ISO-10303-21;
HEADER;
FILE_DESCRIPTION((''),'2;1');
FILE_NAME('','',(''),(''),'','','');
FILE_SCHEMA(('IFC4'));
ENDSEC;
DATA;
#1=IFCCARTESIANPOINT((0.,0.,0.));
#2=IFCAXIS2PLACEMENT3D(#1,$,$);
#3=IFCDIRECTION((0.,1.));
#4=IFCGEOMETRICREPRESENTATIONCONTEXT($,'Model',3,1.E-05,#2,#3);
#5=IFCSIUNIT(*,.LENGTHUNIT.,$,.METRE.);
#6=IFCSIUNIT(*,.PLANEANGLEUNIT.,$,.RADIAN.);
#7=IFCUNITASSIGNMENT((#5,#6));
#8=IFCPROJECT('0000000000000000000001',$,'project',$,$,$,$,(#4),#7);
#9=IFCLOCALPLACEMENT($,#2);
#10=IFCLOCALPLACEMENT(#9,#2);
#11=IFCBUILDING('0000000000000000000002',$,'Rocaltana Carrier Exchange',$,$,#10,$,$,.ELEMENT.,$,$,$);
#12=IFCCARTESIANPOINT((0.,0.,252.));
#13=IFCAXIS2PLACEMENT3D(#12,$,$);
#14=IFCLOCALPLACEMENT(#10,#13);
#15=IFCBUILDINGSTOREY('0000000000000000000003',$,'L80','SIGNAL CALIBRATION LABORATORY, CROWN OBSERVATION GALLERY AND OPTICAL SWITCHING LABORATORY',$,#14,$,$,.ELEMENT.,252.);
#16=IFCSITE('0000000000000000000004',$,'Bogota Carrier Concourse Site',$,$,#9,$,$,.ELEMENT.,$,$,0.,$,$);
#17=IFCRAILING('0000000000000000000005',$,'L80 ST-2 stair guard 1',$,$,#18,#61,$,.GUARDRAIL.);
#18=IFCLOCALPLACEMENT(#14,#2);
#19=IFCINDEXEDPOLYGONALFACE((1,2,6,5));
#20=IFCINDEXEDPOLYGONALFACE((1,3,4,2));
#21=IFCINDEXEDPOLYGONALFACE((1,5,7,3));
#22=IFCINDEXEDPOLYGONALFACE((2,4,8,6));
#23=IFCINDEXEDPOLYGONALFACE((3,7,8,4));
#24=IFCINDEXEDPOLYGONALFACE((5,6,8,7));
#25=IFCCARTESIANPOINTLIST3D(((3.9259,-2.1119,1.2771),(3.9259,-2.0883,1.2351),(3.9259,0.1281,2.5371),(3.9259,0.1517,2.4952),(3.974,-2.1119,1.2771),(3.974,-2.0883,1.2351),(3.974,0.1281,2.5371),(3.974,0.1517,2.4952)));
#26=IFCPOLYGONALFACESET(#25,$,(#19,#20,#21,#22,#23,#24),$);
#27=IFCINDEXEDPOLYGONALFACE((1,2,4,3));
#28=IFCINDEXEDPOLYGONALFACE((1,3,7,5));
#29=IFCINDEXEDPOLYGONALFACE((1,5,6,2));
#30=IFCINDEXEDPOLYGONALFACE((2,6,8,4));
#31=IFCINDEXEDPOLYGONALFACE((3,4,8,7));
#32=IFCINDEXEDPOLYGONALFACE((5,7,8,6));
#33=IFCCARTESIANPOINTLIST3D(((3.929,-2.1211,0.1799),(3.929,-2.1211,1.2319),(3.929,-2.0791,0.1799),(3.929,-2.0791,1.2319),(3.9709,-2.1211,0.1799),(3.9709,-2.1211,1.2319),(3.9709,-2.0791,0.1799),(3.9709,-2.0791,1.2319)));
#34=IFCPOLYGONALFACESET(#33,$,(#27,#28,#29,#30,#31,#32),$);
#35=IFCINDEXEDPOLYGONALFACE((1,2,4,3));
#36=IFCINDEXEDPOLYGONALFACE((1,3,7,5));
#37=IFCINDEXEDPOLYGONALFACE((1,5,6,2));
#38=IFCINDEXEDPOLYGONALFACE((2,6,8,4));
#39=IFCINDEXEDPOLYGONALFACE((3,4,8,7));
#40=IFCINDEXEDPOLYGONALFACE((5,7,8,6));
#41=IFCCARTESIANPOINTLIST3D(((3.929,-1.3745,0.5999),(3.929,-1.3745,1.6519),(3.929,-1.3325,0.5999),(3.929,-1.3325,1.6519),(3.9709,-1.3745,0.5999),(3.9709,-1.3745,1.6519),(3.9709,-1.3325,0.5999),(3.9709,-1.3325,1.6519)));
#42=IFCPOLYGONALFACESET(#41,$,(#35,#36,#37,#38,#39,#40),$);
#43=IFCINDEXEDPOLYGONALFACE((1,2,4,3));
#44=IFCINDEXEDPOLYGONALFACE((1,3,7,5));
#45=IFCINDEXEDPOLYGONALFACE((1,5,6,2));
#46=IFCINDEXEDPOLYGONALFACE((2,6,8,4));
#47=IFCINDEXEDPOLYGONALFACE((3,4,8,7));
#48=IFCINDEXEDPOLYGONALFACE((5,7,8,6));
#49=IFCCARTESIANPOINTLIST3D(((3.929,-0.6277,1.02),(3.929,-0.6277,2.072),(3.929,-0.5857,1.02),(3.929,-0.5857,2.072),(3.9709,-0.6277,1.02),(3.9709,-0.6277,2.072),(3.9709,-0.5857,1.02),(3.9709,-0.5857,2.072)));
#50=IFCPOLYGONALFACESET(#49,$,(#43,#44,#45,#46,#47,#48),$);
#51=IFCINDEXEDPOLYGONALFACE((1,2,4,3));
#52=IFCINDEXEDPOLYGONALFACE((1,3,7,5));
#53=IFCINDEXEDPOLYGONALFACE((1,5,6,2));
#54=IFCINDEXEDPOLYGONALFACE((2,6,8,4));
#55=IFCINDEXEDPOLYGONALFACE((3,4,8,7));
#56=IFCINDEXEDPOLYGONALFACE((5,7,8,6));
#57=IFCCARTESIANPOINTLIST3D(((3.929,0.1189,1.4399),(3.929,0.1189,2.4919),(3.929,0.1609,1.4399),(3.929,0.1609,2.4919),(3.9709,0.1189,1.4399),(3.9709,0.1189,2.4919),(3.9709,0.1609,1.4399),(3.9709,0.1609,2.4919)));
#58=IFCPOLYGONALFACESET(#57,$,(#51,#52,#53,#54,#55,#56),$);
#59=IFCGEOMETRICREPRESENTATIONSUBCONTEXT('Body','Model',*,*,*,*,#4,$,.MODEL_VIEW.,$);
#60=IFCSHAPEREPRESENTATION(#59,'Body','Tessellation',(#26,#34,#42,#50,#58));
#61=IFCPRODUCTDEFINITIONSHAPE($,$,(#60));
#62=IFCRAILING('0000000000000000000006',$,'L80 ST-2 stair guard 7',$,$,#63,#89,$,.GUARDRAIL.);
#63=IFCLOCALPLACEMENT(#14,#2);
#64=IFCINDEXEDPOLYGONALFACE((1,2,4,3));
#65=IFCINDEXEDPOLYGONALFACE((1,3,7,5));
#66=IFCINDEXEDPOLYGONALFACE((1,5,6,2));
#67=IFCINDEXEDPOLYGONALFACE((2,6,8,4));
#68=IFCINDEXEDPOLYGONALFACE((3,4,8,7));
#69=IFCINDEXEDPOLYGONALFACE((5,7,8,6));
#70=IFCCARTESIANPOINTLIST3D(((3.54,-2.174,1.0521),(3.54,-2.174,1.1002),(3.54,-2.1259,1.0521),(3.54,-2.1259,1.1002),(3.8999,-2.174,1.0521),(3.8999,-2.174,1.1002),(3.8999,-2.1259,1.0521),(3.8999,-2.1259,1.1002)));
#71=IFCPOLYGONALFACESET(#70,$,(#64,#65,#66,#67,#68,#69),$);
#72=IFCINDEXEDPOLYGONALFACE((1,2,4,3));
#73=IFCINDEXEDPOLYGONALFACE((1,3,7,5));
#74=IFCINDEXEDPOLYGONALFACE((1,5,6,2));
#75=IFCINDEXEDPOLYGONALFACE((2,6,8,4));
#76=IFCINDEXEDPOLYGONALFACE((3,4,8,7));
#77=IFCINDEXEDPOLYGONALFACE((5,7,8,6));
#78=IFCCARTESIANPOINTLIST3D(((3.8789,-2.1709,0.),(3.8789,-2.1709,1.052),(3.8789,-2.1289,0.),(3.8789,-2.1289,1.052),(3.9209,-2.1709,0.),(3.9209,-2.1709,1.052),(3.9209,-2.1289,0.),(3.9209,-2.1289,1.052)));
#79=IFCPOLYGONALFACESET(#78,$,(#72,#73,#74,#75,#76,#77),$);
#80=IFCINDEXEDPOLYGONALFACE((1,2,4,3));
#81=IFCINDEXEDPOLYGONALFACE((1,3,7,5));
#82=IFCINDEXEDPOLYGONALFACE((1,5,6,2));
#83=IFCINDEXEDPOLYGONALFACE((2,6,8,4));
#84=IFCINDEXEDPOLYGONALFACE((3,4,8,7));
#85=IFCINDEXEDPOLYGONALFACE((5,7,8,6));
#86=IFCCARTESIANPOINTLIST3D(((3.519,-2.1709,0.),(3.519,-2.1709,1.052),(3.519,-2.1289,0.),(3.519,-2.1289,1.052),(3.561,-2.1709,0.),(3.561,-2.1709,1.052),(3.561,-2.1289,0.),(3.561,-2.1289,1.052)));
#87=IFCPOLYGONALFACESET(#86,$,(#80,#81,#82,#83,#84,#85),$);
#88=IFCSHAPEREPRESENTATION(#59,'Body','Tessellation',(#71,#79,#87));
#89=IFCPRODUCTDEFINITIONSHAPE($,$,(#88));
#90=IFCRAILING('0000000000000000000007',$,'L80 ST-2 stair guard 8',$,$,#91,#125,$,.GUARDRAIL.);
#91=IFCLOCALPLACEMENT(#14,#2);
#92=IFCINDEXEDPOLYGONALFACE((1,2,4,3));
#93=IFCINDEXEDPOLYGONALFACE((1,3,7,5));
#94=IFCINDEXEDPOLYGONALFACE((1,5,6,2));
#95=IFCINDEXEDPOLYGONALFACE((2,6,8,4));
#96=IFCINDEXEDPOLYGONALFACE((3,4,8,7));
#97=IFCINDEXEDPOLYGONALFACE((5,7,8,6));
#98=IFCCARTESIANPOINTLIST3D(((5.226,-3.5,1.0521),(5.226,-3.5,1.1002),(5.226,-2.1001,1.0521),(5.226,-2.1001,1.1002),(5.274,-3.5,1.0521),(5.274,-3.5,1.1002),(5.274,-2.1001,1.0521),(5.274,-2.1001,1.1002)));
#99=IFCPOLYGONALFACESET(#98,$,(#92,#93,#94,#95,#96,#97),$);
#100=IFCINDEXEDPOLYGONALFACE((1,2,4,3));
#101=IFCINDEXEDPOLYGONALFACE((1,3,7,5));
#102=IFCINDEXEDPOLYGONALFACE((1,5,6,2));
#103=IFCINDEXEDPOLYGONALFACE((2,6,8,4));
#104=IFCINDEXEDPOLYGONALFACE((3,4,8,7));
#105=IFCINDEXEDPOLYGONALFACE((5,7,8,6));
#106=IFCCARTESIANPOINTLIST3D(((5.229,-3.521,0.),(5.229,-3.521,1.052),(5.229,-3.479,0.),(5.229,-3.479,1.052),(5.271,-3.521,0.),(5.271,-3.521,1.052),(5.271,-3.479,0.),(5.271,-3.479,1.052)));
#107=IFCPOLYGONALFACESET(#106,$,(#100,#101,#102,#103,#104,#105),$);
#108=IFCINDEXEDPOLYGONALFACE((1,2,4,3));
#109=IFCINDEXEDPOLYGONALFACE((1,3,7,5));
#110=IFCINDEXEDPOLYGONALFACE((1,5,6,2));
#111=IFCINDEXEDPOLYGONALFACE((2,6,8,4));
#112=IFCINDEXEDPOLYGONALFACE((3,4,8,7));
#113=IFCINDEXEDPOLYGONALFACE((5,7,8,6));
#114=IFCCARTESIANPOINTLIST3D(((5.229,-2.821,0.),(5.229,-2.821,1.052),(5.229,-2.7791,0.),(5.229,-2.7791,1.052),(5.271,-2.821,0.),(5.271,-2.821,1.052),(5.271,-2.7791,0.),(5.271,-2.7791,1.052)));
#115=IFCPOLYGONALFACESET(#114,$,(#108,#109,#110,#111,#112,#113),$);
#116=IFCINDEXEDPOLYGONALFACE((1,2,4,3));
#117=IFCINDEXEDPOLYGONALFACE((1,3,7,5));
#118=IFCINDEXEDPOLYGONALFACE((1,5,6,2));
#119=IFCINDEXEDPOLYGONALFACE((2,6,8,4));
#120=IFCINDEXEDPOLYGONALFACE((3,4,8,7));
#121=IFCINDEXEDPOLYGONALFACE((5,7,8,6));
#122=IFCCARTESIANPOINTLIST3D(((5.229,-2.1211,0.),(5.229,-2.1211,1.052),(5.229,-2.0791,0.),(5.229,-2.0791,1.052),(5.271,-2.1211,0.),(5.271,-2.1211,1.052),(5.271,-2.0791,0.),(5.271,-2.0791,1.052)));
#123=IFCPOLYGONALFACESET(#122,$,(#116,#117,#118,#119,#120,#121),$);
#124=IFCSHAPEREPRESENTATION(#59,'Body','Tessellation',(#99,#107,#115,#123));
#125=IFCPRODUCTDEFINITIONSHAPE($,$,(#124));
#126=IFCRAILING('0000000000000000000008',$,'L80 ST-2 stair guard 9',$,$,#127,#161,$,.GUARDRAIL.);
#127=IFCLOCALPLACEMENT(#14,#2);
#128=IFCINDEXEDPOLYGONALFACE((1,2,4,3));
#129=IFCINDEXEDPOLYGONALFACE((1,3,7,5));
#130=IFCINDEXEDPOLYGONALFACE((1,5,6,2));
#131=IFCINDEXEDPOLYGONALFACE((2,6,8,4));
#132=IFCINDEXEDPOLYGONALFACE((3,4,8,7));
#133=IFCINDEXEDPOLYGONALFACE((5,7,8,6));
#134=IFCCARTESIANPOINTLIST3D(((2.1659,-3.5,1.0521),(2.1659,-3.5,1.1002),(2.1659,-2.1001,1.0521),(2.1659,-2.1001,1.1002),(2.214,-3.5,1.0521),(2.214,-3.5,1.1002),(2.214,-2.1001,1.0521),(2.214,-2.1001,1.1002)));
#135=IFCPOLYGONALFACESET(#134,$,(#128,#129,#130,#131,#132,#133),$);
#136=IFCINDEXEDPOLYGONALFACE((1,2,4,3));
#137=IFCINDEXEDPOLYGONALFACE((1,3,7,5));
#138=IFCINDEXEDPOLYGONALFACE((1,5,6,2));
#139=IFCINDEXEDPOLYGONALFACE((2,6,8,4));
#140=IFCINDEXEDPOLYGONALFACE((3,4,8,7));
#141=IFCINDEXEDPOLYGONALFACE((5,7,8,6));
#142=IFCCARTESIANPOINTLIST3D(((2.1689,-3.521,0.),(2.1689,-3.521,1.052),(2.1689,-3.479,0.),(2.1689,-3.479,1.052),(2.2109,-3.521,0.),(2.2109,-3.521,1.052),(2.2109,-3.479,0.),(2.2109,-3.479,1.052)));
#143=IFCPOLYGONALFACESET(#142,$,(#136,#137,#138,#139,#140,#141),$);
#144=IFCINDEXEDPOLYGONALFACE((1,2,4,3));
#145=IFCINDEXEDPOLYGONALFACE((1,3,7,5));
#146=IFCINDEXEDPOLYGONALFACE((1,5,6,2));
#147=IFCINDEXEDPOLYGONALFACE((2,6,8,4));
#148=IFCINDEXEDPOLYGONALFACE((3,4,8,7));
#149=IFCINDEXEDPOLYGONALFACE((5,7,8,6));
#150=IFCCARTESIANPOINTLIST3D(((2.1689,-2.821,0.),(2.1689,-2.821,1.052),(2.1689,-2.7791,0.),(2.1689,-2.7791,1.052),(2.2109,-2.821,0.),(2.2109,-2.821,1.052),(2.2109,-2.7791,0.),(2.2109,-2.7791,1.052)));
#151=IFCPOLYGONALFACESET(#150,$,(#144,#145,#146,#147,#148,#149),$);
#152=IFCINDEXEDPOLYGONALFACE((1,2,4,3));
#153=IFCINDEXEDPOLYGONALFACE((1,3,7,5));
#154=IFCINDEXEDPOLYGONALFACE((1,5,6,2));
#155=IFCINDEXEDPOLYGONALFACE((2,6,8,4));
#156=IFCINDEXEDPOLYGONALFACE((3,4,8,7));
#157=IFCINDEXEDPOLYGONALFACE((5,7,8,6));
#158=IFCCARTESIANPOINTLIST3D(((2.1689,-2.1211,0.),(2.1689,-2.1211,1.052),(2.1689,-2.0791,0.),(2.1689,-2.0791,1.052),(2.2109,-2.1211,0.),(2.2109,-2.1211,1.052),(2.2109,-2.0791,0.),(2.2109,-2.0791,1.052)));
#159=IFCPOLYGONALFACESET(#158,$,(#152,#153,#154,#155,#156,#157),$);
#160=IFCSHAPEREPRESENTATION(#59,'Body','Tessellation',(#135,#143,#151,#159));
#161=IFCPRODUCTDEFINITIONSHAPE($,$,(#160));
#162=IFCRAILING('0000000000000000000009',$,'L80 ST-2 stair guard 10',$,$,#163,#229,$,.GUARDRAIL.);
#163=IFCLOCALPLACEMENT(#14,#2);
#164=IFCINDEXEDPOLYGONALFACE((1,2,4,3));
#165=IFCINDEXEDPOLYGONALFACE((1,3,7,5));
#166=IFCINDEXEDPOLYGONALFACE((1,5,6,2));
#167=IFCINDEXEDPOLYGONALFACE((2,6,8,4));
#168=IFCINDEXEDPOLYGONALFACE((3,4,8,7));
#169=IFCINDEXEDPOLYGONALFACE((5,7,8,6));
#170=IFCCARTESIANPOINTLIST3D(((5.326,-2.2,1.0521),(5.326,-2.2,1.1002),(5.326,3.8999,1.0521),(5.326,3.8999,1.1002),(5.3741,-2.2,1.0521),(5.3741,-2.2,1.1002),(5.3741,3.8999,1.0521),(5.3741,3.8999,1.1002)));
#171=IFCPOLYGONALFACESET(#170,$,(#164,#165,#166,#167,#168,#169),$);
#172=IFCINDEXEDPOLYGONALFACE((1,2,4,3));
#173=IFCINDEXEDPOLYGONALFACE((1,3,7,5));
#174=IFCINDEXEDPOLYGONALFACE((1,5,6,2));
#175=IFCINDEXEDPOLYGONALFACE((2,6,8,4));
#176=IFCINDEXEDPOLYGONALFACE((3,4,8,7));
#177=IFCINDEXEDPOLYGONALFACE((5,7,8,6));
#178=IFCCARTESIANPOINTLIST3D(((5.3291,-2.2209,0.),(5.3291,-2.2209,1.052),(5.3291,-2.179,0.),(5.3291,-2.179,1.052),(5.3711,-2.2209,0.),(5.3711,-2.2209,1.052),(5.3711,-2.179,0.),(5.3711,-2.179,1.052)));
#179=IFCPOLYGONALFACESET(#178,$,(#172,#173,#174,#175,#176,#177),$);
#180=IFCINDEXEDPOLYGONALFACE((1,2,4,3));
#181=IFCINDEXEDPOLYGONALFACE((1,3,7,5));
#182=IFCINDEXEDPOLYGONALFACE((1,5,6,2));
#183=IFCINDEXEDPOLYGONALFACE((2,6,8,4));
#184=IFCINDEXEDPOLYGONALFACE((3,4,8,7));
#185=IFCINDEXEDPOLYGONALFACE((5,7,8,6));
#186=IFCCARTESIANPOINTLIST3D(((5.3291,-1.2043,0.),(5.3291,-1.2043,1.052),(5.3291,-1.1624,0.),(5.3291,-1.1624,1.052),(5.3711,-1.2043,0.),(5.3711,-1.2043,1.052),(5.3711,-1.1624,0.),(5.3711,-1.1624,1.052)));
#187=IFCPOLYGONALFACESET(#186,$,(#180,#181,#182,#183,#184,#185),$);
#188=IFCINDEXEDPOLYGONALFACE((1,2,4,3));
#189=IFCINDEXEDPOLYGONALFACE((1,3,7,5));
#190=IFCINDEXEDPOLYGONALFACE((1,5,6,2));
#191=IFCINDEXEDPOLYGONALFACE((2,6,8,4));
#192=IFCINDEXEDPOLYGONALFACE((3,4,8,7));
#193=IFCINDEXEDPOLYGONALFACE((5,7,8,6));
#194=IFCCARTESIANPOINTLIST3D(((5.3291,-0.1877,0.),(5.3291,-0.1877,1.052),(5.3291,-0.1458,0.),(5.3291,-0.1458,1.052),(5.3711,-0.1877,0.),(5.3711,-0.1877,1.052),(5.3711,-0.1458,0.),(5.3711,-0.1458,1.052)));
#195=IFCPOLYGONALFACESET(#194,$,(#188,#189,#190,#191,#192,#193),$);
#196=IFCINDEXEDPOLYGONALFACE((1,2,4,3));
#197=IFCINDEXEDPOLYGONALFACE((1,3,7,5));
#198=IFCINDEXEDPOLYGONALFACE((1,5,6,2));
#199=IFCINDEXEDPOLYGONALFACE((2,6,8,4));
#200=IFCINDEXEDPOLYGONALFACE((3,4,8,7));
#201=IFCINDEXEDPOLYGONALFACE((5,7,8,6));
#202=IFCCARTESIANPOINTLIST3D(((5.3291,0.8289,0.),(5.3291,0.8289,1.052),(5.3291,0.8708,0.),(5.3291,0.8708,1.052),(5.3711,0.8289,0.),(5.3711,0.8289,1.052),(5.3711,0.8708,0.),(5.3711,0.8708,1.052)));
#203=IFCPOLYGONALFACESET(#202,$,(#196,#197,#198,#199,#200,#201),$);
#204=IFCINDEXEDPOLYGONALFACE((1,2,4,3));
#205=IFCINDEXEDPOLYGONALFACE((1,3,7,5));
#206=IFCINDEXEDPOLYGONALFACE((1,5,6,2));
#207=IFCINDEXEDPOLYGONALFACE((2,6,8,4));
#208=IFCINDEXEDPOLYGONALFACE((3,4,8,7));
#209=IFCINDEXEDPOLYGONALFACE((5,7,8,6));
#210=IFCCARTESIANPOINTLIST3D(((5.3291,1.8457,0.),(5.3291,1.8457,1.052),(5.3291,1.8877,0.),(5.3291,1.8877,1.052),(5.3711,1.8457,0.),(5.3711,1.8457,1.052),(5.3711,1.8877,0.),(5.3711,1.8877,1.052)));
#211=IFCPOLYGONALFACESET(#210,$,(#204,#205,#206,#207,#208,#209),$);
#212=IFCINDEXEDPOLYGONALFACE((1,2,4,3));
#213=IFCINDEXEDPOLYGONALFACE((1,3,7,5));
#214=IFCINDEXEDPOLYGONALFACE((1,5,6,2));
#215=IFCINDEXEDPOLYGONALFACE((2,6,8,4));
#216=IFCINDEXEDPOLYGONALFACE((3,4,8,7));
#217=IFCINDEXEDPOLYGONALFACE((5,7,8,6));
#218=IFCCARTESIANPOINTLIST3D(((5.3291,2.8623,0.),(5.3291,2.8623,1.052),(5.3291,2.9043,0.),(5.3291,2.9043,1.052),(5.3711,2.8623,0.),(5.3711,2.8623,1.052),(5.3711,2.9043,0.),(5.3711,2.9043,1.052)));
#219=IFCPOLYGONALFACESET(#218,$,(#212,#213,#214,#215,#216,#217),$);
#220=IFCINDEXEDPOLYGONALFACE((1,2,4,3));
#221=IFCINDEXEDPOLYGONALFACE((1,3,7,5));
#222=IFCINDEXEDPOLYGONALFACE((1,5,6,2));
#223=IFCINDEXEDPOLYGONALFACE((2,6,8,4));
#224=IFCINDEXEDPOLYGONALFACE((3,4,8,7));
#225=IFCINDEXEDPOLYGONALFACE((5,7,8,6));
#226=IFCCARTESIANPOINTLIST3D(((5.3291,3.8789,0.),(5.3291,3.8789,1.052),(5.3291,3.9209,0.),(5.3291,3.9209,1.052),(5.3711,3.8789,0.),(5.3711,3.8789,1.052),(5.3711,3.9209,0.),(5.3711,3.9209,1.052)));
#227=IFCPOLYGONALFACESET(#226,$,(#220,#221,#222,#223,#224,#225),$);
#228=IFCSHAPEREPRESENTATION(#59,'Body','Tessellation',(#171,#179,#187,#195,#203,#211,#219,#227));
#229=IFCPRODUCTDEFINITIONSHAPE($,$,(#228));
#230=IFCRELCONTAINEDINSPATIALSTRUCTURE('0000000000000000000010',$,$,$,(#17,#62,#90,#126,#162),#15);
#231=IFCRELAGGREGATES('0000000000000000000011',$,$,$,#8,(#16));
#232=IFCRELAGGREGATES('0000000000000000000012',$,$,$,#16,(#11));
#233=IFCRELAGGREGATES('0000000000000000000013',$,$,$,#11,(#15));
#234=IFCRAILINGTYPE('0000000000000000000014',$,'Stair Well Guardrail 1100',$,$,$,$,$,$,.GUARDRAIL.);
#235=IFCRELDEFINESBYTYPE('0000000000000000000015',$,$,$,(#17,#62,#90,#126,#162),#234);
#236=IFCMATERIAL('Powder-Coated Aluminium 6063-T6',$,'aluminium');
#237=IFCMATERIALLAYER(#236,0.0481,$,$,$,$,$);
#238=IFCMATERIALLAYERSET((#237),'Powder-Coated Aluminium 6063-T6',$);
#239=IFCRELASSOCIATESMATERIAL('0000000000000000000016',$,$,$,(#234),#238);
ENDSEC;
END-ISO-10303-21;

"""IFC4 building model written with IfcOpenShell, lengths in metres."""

from ifc_helpers import new_model, si_unit, direction, frame, origin, origin_2d, place, context, subcontext, project, spatial, rectangle, extrude, material, layer, layer_set, type_object, element, save


model = new_model("IFC4")

# Units and contexts
model_context = context("Model", 3, precision=1e-05, world=origin(), true_north=direction((0.0, 1.0)))
body_context = subcontext(model_context, "Body", "Model", "MODEL_VIEW")
ifc_project = project(units=[si_unit("LENGTHUNIT", "METRE"), si_unit("PLANEANGLEUNIT", "RADIAN")], contexts=[model_context])

# Site, building, storey
site_placement = place(None, origin())
site = spatial("IfcSite", under=ifc_project, at=site_placement, Name="Bogota Carrier Concourse Site", CompositionType="ELEMENT", RefElevation=0.0)
building_placement = place(site_placement, origin())
building = spatial("IfcBuilding", under=site, at=building_placement, Name="Rocaltana Carrier Exchange", CompositionType="ELEMENT")
storey_placement = place(building_placement, frame((0.0, 0.0, 252.0)))
storey = spatial("IfcBuildingStorey", under=building, at=storey_placement, Name="L80", Description="SIGNAL CALIBRATION LABORATORY, CROWN OBSERVATION GALLERY AND OPTICAL SWITCHING LABORATORY", CompositionType="ELEMENT", Elevation=252.0)

# Railings
ifc_material_1 = material(Name="Powder-Coated Aluminium 6063-T6", Category="aluminium")
ifc_layer_1 = layer(ifc_material_1, 0.0481)
ifc_layer_set_1 = layer_set([ifc_layer_1], Name="Powder-Coated Aluminium 6063-T6")
railing_type_1 = type_object("IfcRailingType", Name="Stair Well Guardrail 1100", PredefinedType="GUARDRAIL", material=ifc_layer_set_1)
railing_1_placement = place(storey_placement, frame((3.95, -2.1001, 0.1799)))
element("IfcRailing", 1, at=railing_1_placement, inside=storey, type_object=railing_type_1, Name="L80 ST-2 stair guard 1", PredefinedType="GUARDRAIL", context=body_context, shape_type="SweptSolid", body=[
    extrude(rectangle(XDim=0.0481, YDim=0.0481, at=origin_2d()), frame((0.0, 0.0, 1.0762), z_axis=(0.0, 0.871573, 0.490266), x_axis=(-1.0, 0.0, 0.0)), (0.0, 0.0, 1.0), 2.5701),
    extrude(rectangle(XDim=0.042, YDim=0.042, at=origin_2d()), origin(), (0.0, 0.0, 1.0), 1.052),
    extrude(rectangle(XDim=0.042, YDim=0.042, at=origin_2d()), frame((0.0, 0.7466, 0.4199)), (0.0, 0.0, 1.0), 1.052),
    extrude(rectangle(XDim=0.042, YDim=0.042, at=origin_2d()), frame((0.0, 1.4934, 0.8401)), (0.0, 0.0, 1.0), 1.052),
    extrude(rectangle(XDim=0.042, YDim=0.042, at=origin_2d()), frame((0.0, 2.24, 1.26)), (0.0, 0.0, 1.0), 1.052),
])
railing_2_placement = place(storey_placement, frame((3.8999, -2.1499, 0.0)))
element("IfcRailing", 2, at=railing_2_placement, inside=storey, type_object=railing_type_1, Name="L80 ST-2 stair guard 7", PredefinedType="GUARDRAIL", context=body_context, shape_type="SweptSolid", body=[
    extrude(rectangle(XDim=0.0481, YDim=0.0481, at=origin_2d()), frame((0.0, 0.0, 1.0762), z_axis=(-1.0, 0.0, 0.0), x_axis=(0.0, -1.0, 0.0)), (0.0, 0.0, 1.0), 0.3599),
    extrude(rectangle(XDim=0.042, YDim=0.042, at=origin_2d()), origin(), (0.0, 0.0, 1.0), 1.052),
    extrude(rectangle(XDim=0.042, YDim=0.042, at=origin_2d()), frame((-0.3599, 0.0, 0.0)), (0.0, 0.0, 1.0), 1.052),
])
for number, where, name in (
    (3, (5.25, -3.5, 0.0), "L80 ST-2 stair guard 8"),
    (4, (2.1899, -3.5, 0.0), "L80 ST-2 stair guard 9"),
):
    element("IfcRailing", number, at=place(storey_placement, frame(where)), inside=storey, type_object=railing_type_1, Name=name, PredefinedType="GUARDRAIL", context=body_context, shape_type="SweptSolid", body=[
        extrude(rectangle(XDim=0.0481, YDim=0.0481, at=origin_2d()), frame((0.0, 0.0, 1.0762), z_axis=(0.0, 1.0, 0.0), x_axis=(-1.0, 0.0, 0.0)), (0.0, 0.0, 1.0), 1.3999),
        extrude(rectangle(XDim=0.042, YDim=0.042, at=origin_2d()), origin(), (0.0, 0.0, 1.0), 1.052),
        extrude(rectangle(XDim=0.042, YDim=0.042, at=origin_2d()), frame((0.0, 0.7, 0.0)), (0.0, 0.0, 1.0), 1.052),
        extrude(rectangle(XDim=0.042, YDim=0.042, at=origin_2d()), frame((0.0, 1.3999, 0.0)), (0.0, 0.0, 1.0), 1.052),
    ])
for number, where, name in (
    (5, (5.3501, -2.2, 0.0), "L80 ST-2 stair guard 10"),
):
    element("IfcRailing", number, at=place(storey_placement, frame(where)), inside=storey, type_object=railing_type_1, Name=name, PredefinedType="GUARDRAIL", context=body_context, shape_type="SweptSolid", body=[
        extrude(rectangle(XDim=0.0481, YDim=0.0481, at=origin_2d()), frame((0.0, 0.0, 1.0762), z_axis=(0.0, 1.0, 0.0), x_axis=(-1.0, 0.0, 0.0)), (0.0, 0.0, 1.0), 6.0999),
        extrude(rectangle(XDim=0.042, YDim=0.042, at=origin_2d()), origin(), (0.0, 0.0, 1.0), 1.052),
        extrude(rectangle(XDim=0.042, YDim=0.042, at=origin_2d()), frame((0.0, 1.0166, 0.0)), (0.0, 0.0, 1.0), 1.052),
        extrude(rectangle(XDim=0.042, YDim=0.042, at=origin_2d()), frame((0.0, 2.0332, 0.0)), (0.0, 0.0, 1.0), 1.052),
        extrude(rectangle(XDim=0.042, YDim=0.042, at=origin_2d()), frame((0.0, 3.0498, 0.0)), (0.0, 0.0, 1.0), 1.052),
        extrude(rectangle(XDim=0.042, YDim=0.042, at=origin_2d()), frame((0.0, 4.0667, 0.0)), (0.0, 0.0, 1.0), 1.052),
        extrude(rectangle(XDim=0.042, YDim=0.042, at=origin_2d()), frame((0.0, 5.0833, 0.0)), (0.0, 0.0, 1.0), 1.052),
        extrude(rectangle(XDim=0.042, YDim=0.042, at=origin_2d()), frame((0.0, 6.0999, 0.0)), (0.0, 0.0, 1.0), 1.052),
    ])

save(model, "model.ifc")
